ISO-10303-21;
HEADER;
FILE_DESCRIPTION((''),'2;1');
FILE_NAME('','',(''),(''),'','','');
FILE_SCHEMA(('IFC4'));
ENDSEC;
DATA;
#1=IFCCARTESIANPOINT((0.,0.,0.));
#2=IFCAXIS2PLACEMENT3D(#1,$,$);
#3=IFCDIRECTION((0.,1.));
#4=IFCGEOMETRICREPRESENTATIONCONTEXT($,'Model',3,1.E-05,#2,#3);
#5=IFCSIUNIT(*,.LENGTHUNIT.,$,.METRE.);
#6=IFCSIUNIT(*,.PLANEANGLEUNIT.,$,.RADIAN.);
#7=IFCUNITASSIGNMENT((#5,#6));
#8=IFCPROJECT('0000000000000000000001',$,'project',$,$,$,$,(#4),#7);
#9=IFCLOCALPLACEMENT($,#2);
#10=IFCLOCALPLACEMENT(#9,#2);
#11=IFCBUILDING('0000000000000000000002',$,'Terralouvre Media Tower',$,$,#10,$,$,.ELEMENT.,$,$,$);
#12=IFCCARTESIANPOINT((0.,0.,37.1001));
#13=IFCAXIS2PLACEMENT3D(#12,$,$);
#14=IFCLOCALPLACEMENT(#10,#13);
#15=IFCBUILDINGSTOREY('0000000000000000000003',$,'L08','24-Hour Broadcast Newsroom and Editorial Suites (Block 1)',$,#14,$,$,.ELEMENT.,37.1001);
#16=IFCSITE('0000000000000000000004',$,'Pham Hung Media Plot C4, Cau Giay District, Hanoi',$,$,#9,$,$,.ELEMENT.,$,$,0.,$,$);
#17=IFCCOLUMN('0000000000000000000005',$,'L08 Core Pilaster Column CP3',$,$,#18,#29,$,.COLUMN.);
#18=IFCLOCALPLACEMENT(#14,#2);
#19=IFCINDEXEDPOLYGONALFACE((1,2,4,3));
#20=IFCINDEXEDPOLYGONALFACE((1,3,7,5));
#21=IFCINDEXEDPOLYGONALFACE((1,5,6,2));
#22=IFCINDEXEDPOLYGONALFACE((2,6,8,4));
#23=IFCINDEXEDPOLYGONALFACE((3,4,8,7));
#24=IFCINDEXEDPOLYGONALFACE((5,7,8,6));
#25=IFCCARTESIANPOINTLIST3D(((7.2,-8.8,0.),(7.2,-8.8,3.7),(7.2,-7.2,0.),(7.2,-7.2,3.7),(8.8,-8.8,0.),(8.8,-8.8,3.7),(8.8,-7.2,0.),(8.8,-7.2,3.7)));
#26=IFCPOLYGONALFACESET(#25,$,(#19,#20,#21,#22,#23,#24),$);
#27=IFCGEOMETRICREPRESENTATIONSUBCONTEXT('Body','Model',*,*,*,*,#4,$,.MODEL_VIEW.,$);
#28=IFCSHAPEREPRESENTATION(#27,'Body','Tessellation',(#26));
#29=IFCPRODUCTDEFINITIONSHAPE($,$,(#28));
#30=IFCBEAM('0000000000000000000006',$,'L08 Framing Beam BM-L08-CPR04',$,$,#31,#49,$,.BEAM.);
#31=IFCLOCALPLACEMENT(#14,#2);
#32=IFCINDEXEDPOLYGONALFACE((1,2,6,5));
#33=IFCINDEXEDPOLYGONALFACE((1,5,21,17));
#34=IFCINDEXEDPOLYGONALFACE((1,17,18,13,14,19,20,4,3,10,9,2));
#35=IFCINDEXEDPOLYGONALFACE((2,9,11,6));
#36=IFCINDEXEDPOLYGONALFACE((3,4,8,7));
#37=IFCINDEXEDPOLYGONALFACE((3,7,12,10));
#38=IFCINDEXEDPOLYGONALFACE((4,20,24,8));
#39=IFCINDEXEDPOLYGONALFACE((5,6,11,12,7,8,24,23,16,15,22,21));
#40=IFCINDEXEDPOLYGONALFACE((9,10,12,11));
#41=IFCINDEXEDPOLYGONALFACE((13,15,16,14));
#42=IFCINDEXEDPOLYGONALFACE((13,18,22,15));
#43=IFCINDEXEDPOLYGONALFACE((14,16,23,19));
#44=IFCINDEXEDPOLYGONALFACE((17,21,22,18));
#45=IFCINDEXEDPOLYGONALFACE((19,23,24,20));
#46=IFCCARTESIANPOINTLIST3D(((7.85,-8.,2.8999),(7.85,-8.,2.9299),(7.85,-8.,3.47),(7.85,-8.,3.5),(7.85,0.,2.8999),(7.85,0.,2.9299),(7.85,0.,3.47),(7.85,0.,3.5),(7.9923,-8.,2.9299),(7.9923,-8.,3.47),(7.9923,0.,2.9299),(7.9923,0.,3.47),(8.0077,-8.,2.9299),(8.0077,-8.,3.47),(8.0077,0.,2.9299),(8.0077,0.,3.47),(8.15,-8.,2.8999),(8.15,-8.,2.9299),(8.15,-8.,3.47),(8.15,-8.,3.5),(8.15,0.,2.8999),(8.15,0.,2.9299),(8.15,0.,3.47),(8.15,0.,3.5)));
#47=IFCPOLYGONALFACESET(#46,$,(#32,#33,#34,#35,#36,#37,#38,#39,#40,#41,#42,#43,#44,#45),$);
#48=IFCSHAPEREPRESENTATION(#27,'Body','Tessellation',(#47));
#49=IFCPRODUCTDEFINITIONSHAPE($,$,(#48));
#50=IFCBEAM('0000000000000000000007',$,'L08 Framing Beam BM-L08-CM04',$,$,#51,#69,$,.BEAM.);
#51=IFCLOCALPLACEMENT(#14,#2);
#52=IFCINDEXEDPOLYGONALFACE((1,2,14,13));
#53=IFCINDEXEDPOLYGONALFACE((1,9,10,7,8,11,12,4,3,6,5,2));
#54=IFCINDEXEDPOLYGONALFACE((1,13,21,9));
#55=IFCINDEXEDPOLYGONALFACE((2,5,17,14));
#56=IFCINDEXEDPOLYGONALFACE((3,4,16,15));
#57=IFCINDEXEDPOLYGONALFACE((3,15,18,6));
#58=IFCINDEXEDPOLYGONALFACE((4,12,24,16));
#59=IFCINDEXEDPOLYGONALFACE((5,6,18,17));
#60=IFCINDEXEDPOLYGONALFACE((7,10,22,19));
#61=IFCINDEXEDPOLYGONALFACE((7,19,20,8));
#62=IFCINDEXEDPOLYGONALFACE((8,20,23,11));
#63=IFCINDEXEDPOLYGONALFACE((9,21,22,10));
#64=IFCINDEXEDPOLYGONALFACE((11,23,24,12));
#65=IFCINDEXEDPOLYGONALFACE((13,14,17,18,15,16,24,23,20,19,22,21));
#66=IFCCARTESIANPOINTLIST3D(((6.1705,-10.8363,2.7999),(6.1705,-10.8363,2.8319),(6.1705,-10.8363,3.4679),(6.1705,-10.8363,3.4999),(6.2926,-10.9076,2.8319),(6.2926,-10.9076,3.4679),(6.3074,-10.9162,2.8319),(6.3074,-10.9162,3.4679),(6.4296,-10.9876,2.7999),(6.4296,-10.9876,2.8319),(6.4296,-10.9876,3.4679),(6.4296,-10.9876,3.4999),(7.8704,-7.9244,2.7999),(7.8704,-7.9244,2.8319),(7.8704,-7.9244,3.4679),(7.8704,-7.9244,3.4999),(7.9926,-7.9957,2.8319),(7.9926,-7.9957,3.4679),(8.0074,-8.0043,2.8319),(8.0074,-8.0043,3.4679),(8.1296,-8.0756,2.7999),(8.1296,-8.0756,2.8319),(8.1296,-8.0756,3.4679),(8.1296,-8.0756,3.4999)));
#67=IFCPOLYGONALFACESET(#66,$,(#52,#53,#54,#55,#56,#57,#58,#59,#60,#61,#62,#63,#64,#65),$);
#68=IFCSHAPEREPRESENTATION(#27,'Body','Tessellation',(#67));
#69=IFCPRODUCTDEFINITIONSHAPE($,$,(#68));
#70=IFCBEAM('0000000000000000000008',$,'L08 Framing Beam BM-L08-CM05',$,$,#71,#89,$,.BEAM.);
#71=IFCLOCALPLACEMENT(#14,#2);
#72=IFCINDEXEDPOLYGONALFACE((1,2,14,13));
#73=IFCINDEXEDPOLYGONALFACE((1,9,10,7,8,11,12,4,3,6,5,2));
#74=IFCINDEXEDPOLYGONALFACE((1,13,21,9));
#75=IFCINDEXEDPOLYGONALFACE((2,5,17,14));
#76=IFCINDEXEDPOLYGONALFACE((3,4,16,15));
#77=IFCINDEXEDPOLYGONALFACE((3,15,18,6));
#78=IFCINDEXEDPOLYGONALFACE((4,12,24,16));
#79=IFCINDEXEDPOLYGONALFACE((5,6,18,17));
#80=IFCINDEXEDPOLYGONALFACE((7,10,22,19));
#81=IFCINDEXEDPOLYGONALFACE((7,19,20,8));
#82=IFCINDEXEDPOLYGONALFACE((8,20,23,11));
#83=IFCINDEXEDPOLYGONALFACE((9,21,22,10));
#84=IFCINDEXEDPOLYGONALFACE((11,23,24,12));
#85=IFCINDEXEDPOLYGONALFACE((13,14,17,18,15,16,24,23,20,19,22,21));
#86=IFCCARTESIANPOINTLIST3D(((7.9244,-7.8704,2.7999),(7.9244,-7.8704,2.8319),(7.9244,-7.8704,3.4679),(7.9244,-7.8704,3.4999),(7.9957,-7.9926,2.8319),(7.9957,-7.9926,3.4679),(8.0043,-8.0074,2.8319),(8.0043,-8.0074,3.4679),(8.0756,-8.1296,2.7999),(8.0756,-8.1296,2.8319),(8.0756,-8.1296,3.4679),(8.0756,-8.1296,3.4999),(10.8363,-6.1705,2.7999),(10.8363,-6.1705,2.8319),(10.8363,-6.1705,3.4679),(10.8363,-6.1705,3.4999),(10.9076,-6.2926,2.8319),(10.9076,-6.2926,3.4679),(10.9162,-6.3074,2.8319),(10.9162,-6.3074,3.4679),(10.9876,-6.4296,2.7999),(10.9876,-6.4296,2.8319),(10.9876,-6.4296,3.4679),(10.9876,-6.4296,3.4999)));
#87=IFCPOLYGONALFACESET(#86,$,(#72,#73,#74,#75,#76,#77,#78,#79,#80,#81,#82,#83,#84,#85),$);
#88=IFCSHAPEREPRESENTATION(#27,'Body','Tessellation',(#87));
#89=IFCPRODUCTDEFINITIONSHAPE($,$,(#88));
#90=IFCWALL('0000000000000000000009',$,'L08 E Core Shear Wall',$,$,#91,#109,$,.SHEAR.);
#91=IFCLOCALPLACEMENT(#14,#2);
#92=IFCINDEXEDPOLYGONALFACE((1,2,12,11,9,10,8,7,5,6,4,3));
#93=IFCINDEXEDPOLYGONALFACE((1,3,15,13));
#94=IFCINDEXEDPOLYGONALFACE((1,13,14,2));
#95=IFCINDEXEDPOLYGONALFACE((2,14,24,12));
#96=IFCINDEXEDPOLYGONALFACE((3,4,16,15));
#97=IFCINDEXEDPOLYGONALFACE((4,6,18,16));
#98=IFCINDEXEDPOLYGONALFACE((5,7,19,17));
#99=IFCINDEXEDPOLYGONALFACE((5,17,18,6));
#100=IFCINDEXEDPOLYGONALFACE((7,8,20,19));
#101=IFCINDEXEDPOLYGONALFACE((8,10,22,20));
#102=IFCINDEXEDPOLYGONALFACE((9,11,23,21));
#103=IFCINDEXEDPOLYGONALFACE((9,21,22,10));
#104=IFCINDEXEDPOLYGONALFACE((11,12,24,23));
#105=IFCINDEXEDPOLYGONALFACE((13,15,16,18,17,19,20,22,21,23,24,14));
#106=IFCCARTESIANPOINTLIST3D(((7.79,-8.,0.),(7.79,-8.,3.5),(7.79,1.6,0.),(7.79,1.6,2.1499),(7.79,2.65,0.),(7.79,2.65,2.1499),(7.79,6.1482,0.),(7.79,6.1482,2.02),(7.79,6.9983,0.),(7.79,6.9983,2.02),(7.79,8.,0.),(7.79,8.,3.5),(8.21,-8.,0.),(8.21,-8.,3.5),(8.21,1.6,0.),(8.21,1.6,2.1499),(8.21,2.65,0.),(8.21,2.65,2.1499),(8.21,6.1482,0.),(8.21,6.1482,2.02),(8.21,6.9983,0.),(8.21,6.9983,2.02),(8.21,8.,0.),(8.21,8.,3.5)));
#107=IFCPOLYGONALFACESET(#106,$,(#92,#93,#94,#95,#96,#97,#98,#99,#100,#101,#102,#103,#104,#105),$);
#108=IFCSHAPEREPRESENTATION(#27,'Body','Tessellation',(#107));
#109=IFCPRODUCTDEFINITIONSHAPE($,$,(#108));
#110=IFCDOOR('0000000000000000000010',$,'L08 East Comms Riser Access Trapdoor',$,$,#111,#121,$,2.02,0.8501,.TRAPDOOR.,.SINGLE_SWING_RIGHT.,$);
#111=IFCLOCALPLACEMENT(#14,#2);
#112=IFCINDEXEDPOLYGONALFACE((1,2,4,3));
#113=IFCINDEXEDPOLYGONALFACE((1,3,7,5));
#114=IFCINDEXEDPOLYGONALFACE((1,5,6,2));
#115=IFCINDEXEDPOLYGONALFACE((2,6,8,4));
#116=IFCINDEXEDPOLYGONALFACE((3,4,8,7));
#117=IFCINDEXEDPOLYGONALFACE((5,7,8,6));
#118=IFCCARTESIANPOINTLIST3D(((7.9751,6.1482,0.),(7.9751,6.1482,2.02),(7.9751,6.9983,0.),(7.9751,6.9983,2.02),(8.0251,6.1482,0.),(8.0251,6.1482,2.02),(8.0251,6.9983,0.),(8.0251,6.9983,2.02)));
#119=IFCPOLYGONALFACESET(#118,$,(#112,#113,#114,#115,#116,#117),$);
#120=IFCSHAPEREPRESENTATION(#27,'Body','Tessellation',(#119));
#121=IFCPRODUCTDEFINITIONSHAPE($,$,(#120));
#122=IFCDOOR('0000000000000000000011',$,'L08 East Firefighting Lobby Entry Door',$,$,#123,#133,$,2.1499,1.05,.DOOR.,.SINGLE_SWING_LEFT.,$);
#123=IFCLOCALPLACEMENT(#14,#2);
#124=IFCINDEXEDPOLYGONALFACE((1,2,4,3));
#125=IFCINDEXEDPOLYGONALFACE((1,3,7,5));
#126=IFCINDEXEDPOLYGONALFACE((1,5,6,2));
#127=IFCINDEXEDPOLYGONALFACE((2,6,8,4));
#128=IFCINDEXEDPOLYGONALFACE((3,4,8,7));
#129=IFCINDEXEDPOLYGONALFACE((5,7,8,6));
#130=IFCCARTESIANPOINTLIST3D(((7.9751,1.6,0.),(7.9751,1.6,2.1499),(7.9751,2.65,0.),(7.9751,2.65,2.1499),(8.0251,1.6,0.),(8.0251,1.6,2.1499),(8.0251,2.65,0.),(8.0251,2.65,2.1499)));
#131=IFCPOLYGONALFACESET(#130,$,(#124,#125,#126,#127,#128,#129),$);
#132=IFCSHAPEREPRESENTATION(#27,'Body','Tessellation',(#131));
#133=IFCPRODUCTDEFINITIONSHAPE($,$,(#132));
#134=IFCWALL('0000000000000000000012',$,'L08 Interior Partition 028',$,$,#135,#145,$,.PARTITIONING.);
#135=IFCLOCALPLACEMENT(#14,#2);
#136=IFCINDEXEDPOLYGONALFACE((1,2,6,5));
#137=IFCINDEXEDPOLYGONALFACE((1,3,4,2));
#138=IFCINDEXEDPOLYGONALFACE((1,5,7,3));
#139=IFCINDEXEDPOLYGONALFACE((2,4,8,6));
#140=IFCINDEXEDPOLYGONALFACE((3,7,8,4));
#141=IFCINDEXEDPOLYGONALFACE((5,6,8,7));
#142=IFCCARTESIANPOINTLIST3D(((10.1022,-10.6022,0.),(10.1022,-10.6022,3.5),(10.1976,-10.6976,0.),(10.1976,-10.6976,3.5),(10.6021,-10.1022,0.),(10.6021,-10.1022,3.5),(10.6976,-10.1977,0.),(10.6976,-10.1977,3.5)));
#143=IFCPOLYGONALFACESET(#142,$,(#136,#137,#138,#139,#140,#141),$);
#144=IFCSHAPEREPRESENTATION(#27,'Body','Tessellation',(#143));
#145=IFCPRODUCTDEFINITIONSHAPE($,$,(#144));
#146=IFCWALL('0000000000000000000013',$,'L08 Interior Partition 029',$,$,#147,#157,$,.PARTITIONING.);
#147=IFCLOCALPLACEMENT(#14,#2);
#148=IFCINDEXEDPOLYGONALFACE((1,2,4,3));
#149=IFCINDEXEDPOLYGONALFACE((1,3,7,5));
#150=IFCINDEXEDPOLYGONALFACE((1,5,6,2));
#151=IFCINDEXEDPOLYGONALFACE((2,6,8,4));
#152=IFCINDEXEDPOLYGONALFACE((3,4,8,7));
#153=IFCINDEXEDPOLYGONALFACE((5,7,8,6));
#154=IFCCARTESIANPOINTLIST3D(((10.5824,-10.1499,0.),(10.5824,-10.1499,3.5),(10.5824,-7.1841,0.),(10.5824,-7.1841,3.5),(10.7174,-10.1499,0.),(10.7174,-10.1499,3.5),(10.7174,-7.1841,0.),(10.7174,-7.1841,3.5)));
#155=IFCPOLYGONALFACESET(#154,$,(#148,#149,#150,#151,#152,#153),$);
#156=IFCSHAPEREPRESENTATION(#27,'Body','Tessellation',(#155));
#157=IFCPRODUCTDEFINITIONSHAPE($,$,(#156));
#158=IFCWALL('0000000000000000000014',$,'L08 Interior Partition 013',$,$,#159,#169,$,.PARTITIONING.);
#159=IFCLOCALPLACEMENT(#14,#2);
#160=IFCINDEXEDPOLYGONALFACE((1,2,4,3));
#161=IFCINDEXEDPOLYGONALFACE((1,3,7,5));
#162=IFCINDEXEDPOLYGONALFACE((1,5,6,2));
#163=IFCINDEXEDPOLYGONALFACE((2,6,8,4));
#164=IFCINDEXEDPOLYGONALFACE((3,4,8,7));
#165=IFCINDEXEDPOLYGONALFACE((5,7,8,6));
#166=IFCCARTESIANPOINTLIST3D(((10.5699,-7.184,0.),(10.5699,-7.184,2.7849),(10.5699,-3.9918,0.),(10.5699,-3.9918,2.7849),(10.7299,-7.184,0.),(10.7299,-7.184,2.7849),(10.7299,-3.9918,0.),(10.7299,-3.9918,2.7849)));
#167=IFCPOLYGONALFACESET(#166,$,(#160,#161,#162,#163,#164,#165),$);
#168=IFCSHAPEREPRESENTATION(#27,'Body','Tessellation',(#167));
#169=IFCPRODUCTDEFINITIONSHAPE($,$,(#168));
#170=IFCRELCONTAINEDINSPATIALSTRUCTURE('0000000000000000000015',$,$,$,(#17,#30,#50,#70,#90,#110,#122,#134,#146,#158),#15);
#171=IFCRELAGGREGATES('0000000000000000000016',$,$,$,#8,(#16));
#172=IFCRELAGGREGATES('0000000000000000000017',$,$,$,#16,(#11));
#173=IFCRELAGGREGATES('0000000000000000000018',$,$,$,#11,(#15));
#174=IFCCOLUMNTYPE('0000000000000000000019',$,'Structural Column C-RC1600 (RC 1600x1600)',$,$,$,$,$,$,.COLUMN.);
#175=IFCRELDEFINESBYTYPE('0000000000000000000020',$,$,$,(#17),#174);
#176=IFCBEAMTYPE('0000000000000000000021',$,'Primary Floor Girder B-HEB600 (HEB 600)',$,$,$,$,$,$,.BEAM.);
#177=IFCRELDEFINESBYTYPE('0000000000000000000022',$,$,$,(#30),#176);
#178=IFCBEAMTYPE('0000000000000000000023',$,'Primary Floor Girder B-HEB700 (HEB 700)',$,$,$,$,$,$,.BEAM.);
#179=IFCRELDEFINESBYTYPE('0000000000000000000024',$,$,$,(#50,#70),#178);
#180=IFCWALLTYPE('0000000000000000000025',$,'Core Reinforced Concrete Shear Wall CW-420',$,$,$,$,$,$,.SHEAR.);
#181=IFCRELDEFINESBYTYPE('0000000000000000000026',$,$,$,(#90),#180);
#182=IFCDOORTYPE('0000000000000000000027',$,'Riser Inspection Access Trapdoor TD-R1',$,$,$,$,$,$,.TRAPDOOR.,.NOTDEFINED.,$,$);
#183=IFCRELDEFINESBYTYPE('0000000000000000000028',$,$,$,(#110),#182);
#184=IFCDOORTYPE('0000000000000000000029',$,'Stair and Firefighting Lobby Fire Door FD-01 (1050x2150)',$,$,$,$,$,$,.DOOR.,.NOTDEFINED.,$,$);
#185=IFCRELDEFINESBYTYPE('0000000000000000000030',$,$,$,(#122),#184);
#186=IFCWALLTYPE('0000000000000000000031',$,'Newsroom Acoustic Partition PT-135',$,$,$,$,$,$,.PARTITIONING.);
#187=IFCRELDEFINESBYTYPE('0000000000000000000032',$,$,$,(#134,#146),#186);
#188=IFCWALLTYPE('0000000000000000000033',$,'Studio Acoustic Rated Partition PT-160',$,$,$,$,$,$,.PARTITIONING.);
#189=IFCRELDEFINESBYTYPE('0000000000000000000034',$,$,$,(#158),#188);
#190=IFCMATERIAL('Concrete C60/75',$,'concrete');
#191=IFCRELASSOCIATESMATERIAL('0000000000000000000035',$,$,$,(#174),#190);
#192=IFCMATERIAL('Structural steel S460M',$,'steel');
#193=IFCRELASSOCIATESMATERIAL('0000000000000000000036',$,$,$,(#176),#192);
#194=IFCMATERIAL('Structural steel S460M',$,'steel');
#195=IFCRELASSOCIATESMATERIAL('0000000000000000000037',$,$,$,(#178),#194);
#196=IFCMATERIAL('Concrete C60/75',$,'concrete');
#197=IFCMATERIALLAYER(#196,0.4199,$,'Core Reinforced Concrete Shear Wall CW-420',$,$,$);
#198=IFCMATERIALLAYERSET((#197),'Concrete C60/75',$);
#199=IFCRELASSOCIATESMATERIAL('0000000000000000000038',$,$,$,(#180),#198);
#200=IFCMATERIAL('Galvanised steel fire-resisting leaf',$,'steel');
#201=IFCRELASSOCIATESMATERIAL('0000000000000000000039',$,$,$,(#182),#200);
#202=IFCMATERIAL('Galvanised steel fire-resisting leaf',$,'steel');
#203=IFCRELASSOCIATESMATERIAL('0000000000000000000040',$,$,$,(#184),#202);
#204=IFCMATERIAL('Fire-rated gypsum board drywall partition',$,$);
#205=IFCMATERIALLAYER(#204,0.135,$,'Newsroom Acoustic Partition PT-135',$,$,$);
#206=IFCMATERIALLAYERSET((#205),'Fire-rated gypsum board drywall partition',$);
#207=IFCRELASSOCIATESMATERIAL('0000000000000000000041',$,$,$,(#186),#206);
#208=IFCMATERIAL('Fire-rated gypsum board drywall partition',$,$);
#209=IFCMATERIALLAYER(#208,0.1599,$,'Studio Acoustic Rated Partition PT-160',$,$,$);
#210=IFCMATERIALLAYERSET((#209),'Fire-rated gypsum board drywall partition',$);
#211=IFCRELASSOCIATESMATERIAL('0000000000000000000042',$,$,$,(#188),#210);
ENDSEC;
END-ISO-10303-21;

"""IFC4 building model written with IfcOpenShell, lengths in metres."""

from ifc_helpers import new_model, si_unit, direction, frame, frame_2d, origin, origin_2d, place, context, subcontext, project, spatial, rectangle, i_section, extrude, material, layer, layer_set, material_profile, profile_set, type_object, element, fill, save


model = new_model("IFC4")

# Units and contexts
model_context = context("Model", 3, precision=1e-05, world=origin(), true_north=direction((0.0, 1.0)))
body_context = subcontext(model_context, "Body", "Model", "MODEL_VIEW")
ifc_project = project(units=[si_unit("LENGTHUNIT", "METRE"), si_unit("PLANEANGLEUNIT", "RADIAN")], contexts=[model_context])

# Site, building, storey
site_placement = place(None, origin())
site = spatial("IfcSite", under=ifc_project, at=site_placement, Name="Pham Hung Media Plot C4, Cau Giay District, Hanoi", CompositionType="ELEMENT", RefElevation=0.0)
building_placement = place(site_placement, origin())
building = spatial("IfcBuilding", under=site, at=building_placement, Name="Terralouvre Media Tower", CompositionType="ELEMENT")
storey_placement = place(building_placement, frame((0.0, 0.0, 37.1001)))
storey = spatial("IfcBuildingStorey", under=building, at=storey_placement, Name="L08", Description="24-Hour Broadcast Newsroom and Editorial Suites (Block 1)", CompositionType="ELEMENT", Elevation=37.1001)

# Column
ifc_material_1 = material(Name="Concrete C60/75", Category="concrete")
ifc_material_profile_1 = material_profile(ifc_material_1, rectangle(XDim=1.6001, YDim=1.6001, at=origin_2d()), Name="RC 1600x1600")
ifc_profile_set_1 = profile_set([ifc_material_profile_1], Name="Concrete C60/75")
column_type = type_object("IfcColumnType", Name="Structural Column C-RC1600 (RC 1600x1600)", PredefinedType="COLUMN", material=ifc_profile_set_1)
column_placement = place(storey_placement, frame((8.0, -8.0, 0.0), z_axis=(0.0, 0.0, 1.0), x_axis=(1.0, 0.0, 0.0)))
element("IfcColumn", 1, at=column_placement, inside=storey, type_object=column_type, Name="L08 Core Pilaster Column CP3", PredefinedType="COLUMN", context=body_context, shape_type="SweptSolid", body=[
    extrude(rectangle(XDim=1.6001, YDim=1.6001, at=origin_2d()), origin(), (0.0, 0.0, 1.0), 3.7),
])

# Beams
ifc_material_2 = material(Name="Structural steel S460M", Category="steel")
ifc_material_profile_2 = material_profile(ifc_material_2, i_section(OverallWidth=0.3, OverallDepth=0.6001, WebThickness=0.0154, FlangeThickness=0.03, at=origin_2d()), Name="HEB 600")
ifc_profile_set_2 = profile_set([ifc_material_profile_2], Name="Structural steel S460M")
beam_type_1 = type_object("IfcBeamType", Name="Primary Floor Girder B-HEB600 (HEB 600)", PredefinedType="BEAM", material=ifc_profile_set_2)
beam_placement = place(storey_placement, frame((8.0, -8.0, 3.2), z_axis=(0.0, 1.0, 0.0), x_axis=(-1.0, 0.0, 0.0)))
element("IfcBeam", 2, at=beam_placement, inside=storey, type_object=beam_type_1, Name="L08 Framing Beam BM-L08-CPR04", PredefinedType="BEAM", context=body_context, shape_type="SweptSolid", body=[
    extrude(i_section(OverallWidth=0.3, OverallDepth=0.6001, WebThickness=0.0154, FlangeThickness=0.03, at=origin_2d()), origin(), (0.0, 0.0, 1.0), 8.0),
])
ifc_material_3 = material(Name="Structural steel S460M", Category="steel")
ifc_material_profile_3 = material_profile(ifc_material_3, i_section(OverallWidth=0.3, OverallDepth=0.7, WebThickness=0.0171, FlangeThickness=0.032, at=origin_2d()), Name="HEB 700")
ifc_profile_set_3 = profile_set([ifc_material_profile_3], Name="Structural steel S460M")
beam_type_2 = type_object("IfcBeamType", Name="Primary Floor Girder B-HEB700 (HEB 700)", PredefinedType="BEAM", material=ifc_profile_set_3)
for number, where, z_axis, x_axis, name in (
    (3, (8.0, -8.0, 3.1499), (-0.504173, -0.863603, 0.0), (0.863603, -0.504173, 0.0), "L08 Framing Beam BM-L08-CM04"),
    (4, (8.0, -8.0, 3.1499), (0.863603, 0.504173, 0.0), (-0.504173, 0.863603, 0.0), "L08 Framing Beam BM-L08-CM05"),
):
    element("IfcBeam", number, at=place(storey_placement, frame(where, z_axis=z_axis, x_axis=x_axis)), inside=storey, type_object=beam_type_2, Name=name, PredefinedType="BEAM", context=body_context, shape_type="SweptSolid", body=[
        extrude(i_section(OverallWidth=0.3, OverallDepth=0.7, WebThickness=0.0171, FlangeThickness=0.032, at=origin_2d()), origin(), (0.0, 0.0, 1.0), 3.3718),
    ])

# Wall, openings, doors
ifc_material_4 = material(Name="Concrete C60/75", Category="concrete")
ifc_layer_1 = layer(ifc_material_4, 0.4199, Name="Core Reinforced Concrete Shear Wall CW-420")
ifc_layer_set_1 = layer_set([ifc_layer_1], Name="Concrete C60/75")
wall_type_1 = type_object("IfcWallType", Name="Core Reinforced Concrete Shear Wall CW-420", PredefinedType="SHEAR", material=ifc_layer_set_1)
wall_1_placement = place(storey_placement, frame((8.0, -8.0, 0.0), z_axis=(0.0, 0.0, 1.0), x_axis=(0.0, 1.0, 0.0)))
wall_1 = element("IfcWall", 5, at=wall_1_placement, inside=storey, type_object=wall_type_1, Name="L08 E Core Shear Wall", PredefinedType="SHEAR", context=body_context, shape_type="SweptSolid", body=[
    extrude(rectangle(XDim=16.0, YDim=0.4199, at=frame_2d((8.0, 0.0))), origin(), (0.0, 0.0, 1.0), 3.5),
])
opening_1_placement = place(wall_1_placement, frame((9.6001, 0.0, 0.0)))
opening_1 = element("IfcOpeningElement", 6, at=opening_1_placement, cuts=wall_1, PredefinedType="OPENING", context=body_context, shape_type="SweptSolid", body=[
    extrude(rectangle(XDim=1.05, YDim=2.1499, at=frame_2d((0.5249, 1.075))), frame((0.0, 0.22, 0.0), z_axis=(0.0, -1.0, 0.0), x_axis=(1.0, 0.0, 0.0)), (0.0, 0.0, 1.0), 0.4399),
])
opening_2_placement = place(wall_1_placement, frame((14.1482, 0.0, 0.0)))
opening_2 = element("IfcOpeningElement", 7, at=opening_2_placement, cuts=wall_1, PredefinedType="OPENING", context=body_context, shape_type="SweptSolid", body=[
    extrude(rectangle(XDim=0.8501, YDim=2.02, at=frame_2d((0.425, 1.01))), frame((0.0, 0.22, 0.0), z_axis=(0.0, -1.0, 0.0), x_axis=(1.0, 0.0, 0.0)), (0.0, 0.0, 1.0), 0.4399),
])
ifc_material_5 = material(Name="Galvanised steel fire-resisting leaf", Category="steel")
door_type_1 = type_object("IfcDoorType", Name="Riser Inspection Access Trapdoor TD-R1", OperationType="NOTDEFINED", PredefinedType="TRAPDOOR", material=ifc_material_5)
door_1_placement = place(opening_2_placement, origin())
door_1 = element("IfcDoor", 8, at=door_1_placement, inside=storey, type_object=door_type_1, Name="L08 East Comms Riser Access Trapdoor", OperationType="SINGLE_SWING_RIGHT", OverallHeight=2.02, OverallWidth=0.8501, PredefinedType="TRAPDOOR", context=body_context, shape_type="SweptSolid", body=[
    extrude(rectangle(XDim=0.8501, YDim=2.02, at=frame_2d((0.425, 1.01))), frame((0.0, 0.0249, 0.0), z_axis=(0.0, -1.0, 0.0), x_axis=(1.0, 0.0, 0.0)), (0.0, 0.0, 1.0), 0.05),
])
fill(opening_2, door_1)
ifc_material_6 = material(Name="Galvanised steel fire-resisting leaf", Category="steel")
door_type_2 = type_object("IfcDoorType", Name="Stair and Firefighting Lobby Fire Door FD-01 (1050x2150)", OperationType="NOTDEFINED", PredefinedType="DOOR", material=ifc_material_6)
door_2_placement = place(opening_1_placement, origin())
door_2 = element("IfcDoor", 9, at=door_2_placement, inside=storey, type_object=door_type_2, Name="L08 East Firefighting Lobby Entry Door", OperationType="SINGLE_SWING_LEFT", OverallHeight=2.1499, OverallWidth=1.05, PredefinedType="DOOR", context=body_context, shape_type="SweptSolid", body=[
    extrude(rectangle(XDim=1.05, YDim=2.1499, at=frame_2d((0.5249, 1.075))), frame((0.0, 0.0249, 0.0), z_axis=(0.0, -1.0, 0.0), x_axis=(1.0, 0.0, 0.0)), (0.0, 0.0, 1.0), 0.05),
])
fill(opening_1, door_2)

# Walls
ifc_material_7 = material(Name="Fire-rated gypsum board drywall partition")
ifc_layer_2 = layer(ifc_material_7, 0.135, Name="Newsroom Acoustic Partition PT-135")
ifc_layer_set_2 = layer_set([ifc_layer_2], Name="Fire-rated gypsum board drywall partition")
wall_type_2 = type_object("IfcWallType", Name="Newsroom Acoustic Partition PT-135", PredefinedType="PARTITIONING", material=ifc_layer_set_2)
wall_2_placement = place(storey_placement, frame((10.1499, -10.6499, 0.0), z_axis=(0.0, 0.0, 1.0), x_axis=(0.707107, 0.707107, 0.0)))
element("IfcWall", 10, at=wall_2_placement, inside=storey, type_object=wall_type_2, Name="L08 Interior Partition 028", PredefinedType="PARTITIONING", context=body_context, shape_type="SweptSolid", body=[
    extrude(rectangle(XDim=0.707, YDim=0.135, at=frame_2d((0.3535, 0.0))), origin(), (0.0, 0.0, 1.0), 3.5),
])
wall_3_placement = place(storey_placement, frame((10.6499, -10.1499, 0.0), z_axis=(0.0, 0.0, 1.0), x_axis=(0.0, 1.0, 0.0)))
element("IfcWall", 11, at=wall_3_placement, inside=storey, type_object=wall_type_2, Name="L08 Interior Partition 029", PredefinedType="PARTITIONING", context=body_context, shape_type="SweptSolid", body=[
    extrude(rectangle(XDim=2.9658, YDim=0.135, at=frame_2d((1.4829, 0.0))), origin(), (0.0, 0.0, 1.0), 3.5),
])
ifc_material_8 = material(Name="Fire-rated gypsum board drywall partition")
ifc_layer_3 = layer(ifc_material_8, 0.1599, Name="Studio Acoustic Rated Partition PT-160")
ifc_layer_set_3 = layer_set([ifc_layer_3], Name="Fire-rated gypsum board drywall partition")
wall_type_3 = type_object("IfcWallType", Name="Studio Acoustic Rated Partition PT-160", PredefinedType="PARTITIONING", material=ifc_layer_set_3)
wall_4_placement = place(storey_placement, frame((10.6499, -7.1841, 0.0), z_axis=(0.0, 0.0, 1.0), x_axis=(0.0, 1.0, 0.0)))
element("IfcWall", 12, at=wall_4_placement, inside=storey, type_object=wall_type_3, Name="L08 Interior Partition 013", PredefinedType="PARTITIONING", context=body_context, shape_type="SweptSolid", body=[
    extrude(rectangle(XDim=3.1921, YDim=0.1599, at=frame_2d((1.5962, 0.0))), origin(), (0.0, 0.0, 1.0), 2.7849),
])

save(model, "model.ifc")
